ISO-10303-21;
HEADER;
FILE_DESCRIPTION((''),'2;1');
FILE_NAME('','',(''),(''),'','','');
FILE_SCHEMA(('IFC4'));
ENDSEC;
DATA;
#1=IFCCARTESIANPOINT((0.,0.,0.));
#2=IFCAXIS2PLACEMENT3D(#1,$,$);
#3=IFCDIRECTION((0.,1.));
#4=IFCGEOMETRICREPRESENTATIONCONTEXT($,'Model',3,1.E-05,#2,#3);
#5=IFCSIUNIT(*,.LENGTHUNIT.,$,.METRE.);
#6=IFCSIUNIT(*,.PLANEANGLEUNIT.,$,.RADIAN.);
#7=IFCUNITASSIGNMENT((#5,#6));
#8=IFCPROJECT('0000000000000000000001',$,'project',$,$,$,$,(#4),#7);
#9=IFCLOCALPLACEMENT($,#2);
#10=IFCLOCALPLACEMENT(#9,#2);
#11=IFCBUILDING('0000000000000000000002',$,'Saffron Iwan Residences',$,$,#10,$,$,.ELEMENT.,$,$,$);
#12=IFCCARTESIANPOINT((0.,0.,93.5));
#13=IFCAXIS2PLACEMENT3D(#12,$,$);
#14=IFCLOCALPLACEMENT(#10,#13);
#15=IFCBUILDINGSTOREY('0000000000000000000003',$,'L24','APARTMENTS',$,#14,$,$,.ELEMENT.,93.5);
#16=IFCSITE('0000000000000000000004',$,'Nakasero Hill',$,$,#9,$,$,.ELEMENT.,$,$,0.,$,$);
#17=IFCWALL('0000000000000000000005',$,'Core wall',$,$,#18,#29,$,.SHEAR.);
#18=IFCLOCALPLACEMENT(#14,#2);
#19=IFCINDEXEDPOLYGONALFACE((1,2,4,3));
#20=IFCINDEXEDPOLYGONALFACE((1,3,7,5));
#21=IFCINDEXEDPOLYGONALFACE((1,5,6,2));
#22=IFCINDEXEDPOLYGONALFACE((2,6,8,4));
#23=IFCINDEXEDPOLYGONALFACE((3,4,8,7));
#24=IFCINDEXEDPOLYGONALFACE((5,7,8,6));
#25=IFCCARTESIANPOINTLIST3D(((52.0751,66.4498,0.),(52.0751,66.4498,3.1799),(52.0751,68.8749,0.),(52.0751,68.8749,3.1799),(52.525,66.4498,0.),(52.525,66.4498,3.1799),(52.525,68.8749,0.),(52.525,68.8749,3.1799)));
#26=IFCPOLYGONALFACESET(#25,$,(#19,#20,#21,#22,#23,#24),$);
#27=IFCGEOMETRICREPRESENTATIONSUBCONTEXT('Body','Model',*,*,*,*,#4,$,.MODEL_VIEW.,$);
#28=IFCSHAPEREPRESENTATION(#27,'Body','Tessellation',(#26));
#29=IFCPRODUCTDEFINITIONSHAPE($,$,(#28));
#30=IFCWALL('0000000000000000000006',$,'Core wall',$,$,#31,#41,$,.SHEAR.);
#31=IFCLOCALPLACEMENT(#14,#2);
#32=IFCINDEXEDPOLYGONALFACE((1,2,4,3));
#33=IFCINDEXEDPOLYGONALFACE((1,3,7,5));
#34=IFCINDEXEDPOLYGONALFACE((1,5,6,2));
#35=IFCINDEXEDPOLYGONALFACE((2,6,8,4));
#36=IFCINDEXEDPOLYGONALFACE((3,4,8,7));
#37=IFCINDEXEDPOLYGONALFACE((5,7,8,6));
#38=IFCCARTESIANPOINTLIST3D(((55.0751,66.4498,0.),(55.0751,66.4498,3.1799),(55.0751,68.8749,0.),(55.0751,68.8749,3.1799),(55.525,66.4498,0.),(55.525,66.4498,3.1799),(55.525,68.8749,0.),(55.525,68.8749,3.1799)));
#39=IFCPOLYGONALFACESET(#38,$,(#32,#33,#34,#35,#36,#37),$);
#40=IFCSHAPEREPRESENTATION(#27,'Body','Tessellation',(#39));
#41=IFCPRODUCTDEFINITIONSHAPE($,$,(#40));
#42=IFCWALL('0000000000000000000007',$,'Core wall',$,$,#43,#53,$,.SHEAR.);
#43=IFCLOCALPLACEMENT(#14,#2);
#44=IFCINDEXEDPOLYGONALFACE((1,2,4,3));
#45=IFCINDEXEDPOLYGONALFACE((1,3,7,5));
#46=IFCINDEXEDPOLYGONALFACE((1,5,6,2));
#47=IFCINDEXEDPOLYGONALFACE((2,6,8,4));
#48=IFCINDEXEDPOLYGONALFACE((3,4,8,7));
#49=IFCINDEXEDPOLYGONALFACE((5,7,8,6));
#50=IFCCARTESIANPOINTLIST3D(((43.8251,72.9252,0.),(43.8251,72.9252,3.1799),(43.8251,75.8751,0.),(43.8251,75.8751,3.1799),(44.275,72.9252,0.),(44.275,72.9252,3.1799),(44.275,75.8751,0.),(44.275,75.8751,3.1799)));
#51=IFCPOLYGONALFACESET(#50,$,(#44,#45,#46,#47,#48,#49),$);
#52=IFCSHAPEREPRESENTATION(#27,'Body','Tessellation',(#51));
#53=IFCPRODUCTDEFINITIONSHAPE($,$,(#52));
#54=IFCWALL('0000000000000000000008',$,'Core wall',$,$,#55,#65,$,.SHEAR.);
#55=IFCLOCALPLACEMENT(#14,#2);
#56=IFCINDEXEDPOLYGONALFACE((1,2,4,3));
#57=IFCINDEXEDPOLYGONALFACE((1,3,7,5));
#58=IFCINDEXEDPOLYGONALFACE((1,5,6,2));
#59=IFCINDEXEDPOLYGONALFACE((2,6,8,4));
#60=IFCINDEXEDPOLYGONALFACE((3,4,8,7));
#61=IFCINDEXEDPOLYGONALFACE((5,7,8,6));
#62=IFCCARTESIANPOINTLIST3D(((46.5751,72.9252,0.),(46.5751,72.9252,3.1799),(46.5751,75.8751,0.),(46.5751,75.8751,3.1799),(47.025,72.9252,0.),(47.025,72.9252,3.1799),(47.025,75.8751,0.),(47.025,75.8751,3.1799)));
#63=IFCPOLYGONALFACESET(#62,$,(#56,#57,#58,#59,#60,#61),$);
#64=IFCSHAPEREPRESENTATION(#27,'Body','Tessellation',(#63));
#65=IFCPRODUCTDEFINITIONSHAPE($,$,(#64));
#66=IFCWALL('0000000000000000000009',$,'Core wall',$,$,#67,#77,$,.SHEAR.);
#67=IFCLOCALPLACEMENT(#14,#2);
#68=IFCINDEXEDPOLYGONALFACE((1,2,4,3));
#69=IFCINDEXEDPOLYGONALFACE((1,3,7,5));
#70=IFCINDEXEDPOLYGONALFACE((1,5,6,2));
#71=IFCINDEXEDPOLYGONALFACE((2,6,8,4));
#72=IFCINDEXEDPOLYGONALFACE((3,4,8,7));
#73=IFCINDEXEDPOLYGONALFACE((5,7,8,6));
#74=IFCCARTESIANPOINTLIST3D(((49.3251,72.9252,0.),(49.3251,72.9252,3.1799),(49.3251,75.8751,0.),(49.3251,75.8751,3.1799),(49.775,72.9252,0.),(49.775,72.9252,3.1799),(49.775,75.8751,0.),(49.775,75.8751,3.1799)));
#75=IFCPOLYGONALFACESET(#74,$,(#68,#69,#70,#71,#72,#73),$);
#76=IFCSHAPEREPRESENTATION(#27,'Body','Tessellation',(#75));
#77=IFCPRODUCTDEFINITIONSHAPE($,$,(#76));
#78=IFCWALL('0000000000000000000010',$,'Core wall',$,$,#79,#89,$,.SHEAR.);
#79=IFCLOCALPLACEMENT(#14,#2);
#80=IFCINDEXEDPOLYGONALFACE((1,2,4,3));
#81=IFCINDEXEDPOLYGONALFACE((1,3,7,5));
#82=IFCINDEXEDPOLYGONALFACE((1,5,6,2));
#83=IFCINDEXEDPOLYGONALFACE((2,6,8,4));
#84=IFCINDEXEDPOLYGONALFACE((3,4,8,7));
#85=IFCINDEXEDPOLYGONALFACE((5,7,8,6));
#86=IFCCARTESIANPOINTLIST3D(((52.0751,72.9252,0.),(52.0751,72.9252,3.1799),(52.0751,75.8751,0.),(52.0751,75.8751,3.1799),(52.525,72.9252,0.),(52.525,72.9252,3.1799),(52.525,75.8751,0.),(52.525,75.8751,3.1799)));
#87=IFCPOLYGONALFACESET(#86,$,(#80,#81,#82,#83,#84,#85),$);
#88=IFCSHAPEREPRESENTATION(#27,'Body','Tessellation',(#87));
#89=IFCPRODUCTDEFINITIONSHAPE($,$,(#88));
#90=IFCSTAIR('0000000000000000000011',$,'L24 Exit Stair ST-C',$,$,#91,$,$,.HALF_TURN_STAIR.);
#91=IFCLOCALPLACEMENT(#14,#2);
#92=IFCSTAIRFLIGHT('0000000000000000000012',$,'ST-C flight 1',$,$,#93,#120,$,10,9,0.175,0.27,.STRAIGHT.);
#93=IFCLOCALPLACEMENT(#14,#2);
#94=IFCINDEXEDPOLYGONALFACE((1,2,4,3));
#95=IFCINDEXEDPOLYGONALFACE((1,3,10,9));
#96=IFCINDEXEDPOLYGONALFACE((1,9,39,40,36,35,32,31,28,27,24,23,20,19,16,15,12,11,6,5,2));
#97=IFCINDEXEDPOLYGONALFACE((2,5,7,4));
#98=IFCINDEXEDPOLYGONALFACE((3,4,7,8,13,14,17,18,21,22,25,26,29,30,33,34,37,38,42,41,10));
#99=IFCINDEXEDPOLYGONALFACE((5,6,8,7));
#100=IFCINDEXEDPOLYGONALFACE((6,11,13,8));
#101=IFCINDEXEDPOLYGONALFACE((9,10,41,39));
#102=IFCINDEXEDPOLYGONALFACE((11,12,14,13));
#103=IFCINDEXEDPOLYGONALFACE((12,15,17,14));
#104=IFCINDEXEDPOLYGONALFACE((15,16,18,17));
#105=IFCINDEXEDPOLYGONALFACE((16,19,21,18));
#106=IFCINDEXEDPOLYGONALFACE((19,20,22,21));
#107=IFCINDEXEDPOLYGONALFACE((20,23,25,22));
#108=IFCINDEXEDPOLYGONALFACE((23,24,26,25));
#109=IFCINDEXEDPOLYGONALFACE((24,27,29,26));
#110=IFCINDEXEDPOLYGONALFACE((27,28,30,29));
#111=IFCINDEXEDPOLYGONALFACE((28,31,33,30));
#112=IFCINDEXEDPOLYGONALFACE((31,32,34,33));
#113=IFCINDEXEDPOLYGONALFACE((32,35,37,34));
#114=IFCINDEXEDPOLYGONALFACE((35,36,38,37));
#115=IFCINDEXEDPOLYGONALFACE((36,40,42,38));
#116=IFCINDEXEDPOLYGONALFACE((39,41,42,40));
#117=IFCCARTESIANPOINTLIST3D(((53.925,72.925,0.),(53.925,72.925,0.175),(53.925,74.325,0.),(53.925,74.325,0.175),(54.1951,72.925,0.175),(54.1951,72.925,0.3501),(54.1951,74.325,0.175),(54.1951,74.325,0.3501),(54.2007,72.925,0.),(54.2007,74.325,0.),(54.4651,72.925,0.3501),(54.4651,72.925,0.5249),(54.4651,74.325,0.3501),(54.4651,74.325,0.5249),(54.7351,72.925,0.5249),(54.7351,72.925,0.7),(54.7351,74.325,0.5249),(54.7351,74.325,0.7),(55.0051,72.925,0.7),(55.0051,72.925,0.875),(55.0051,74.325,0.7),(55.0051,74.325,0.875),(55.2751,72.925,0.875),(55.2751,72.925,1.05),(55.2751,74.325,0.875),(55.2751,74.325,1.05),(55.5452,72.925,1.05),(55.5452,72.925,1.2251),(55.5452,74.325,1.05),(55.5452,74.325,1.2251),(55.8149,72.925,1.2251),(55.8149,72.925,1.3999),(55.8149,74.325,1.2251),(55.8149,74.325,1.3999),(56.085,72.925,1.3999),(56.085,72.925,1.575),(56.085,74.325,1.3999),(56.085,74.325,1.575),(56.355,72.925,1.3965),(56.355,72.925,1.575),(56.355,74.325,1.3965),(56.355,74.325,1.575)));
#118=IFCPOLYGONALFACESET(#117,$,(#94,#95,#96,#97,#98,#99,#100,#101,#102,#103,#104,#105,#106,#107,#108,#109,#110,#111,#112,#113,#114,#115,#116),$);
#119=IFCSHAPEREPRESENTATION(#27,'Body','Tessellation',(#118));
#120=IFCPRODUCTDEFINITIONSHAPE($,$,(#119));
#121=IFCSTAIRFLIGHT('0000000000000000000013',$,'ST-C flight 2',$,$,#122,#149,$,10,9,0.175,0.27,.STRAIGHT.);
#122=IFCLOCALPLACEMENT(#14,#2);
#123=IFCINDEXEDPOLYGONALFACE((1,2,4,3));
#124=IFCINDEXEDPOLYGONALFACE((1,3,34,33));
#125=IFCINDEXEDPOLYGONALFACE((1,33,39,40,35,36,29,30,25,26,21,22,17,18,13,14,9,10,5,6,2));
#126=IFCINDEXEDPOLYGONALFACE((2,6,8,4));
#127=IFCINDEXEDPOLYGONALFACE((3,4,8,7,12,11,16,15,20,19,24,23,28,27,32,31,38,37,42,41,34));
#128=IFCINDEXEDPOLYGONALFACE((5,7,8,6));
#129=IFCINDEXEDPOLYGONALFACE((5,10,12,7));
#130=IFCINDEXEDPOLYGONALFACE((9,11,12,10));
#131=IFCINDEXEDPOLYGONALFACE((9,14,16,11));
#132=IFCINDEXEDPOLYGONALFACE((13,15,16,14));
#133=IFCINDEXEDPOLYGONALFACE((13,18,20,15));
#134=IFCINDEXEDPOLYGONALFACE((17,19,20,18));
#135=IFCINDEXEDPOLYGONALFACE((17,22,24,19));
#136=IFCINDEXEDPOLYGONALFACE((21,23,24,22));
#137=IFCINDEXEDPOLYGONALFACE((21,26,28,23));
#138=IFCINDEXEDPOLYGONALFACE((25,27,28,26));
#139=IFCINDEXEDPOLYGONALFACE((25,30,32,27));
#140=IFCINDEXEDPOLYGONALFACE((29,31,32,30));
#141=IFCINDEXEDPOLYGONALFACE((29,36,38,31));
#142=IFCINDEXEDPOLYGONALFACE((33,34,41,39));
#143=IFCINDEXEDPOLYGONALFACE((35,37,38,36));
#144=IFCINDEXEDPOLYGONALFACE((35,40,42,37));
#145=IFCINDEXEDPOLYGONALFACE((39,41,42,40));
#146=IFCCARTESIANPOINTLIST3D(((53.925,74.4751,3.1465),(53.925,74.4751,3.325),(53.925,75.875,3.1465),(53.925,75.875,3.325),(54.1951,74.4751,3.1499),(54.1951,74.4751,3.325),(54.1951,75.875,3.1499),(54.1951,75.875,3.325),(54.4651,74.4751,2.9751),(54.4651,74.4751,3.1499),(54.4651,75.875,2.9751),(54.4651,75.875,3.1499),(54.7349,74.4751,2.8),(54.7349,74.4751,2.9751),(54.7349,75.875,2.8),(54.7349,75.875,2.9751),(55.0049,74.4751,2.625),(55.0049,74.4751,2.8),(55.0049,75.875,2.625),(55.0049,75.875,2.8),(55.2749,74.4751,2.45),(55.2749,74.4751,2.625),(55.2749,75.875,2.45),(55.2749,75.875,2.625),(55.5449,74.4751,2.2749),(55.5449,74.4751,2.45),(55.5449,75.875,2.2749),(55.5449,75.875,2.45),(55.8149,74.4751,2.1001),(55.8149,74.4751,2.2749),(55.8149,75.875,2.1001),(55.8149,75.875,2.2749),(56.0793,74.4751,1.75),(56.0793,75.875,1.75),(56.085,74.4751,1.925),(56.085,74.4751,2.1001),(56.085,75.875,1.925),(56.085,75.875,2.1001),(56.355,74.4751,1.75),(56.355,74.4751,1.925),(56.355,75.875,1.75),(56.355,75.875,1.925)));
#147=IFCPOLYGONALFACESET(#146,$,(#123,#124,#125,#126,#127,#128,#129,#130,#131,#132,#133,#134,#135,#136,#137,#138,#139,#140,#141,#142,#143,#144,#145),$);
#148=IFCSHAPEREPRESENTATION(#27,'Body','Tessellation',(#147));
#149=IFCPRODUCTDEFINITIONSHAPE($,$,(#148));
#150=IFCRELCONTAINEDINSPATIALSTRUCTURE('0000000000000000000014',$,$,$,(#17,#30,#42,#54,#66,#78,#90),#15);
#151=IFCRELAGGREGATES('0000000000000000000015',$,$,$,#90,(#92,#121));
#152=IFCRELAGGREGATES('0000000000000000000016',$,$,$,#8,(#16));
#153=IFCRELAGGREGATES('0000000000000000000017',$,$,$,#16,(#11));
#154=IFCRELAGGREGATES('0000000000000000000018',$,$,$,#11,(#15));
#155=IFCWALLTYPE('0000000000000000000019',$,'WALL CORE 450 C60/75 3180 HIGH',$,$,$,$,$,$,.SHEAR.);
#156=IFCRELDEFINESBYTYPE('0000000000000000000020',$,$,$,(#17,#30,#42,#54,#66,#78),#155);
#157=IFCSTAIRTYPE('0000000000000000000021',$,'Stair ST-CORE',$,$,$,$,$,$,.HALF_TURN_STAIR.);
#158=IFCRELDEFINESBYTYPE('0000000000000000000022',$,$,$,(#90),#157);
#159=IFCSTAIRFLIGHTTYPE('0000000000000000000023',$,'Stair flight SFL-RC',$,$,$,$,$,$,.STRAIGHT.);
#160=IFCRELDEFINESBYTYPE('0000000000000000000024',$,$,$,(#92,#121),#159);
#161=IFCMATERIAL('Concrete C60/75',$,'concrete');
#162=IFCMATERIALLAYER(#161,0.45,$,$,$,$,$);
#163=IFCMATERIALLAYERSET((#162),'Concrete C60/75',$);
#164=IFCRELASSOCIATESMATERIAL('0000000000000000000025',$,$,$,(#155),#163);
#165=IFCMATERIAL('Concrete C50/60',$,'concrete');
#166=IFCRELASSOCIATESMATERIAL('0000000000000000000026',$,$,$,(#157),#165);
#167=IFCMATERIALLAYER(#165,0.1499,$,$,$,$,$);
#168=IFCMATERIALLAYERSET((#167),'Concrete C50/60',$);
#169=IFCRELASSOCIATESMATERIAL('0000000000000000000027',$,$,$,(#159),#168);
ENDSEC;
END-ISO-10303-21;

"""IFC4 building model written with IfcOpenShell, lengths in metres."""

from ifc_helpers import new_model, si_unit, direction, frame, frame_2d, origin, place, context, subcontext, project, spatial, polyline, rectangle, outline, extrude, material, layer, layer_set, type_object, element, aggregate, save


model = new_model("IFC4")

# Units and contexts
model_context = context("Model", 3, precision=1e-05, world=origin(), true_north=direction((0.0, 1.0)))
body_context = subcontext(model_context, "Body", "Model", "MODEL_VIEW")
ifc_project = project(units=[si_unit("LENGTHUNIT", "METRE"), si_unit("PLANEANGLEUNIT", "RADIAN")], contexts=[model_context])

# Site, building, storey
site_placement = place(None, origin())
site = spatial("IfcSite", under=ifc_project, at=site_placement, Name="Nakasero Hill", CompositionType="ELEMENT", RefElevation=0.0)
building_placement = place(site_placement, origin())
building = spatial("IfcBuilding", under=site, at=building_placement, Name="Saffron Iwan Residences", CompositionType="ELEMENT")
storey_placement = place(building_placement, frame((0.0, 0.0, 93.5)))
storey = spatial("IfcBuildingStorey", under=building, at=storey_placement, Name="L24", Description="APARTMENTS", CompositionType="ELEMENT", Elevation=93.5)

# Shared definitions
ifc_material_1 = material(Name="Concrete C60/75", Category="concrete")

# Walls
ifc_layer_1 = layer(ifc_material_1, 0.45)
ifc_layer_set_1 = layer_set([ifc_layer_1], Name="Concrete C60/75")
wall_type_1 = type_object("IfcWallType", Name="WALL CORE 450 C60/75 3180 HIGH", PredefinedType="SHEAR", material=ifc_layer_set_1)
for number, where, z_axis, x_axis, name in (
    (1, (52.3, 66.45, 0.0), (0.0, 0.0, 1.0), (0.0, 1.0, 0.0), "Core wall"),
    (2, (55.3, 66.45, 0.0), (0.0, 0.0, 1.0), (0.0, 1.0, 0.0), "Core wall"),
):
    element("IfcWall", number, at=place(storey_placement, frame(where, z_axis=z_axis, x_axis=x_axis)), inside=storey, type_object=wall_type_1, Name=name, PredefinedType="SHEAR", context=body_context, shape_type="SweptSolid", body=[
        extrude(rectangle(XDim=2.425, YDim=0.45, at=frame_2d((1.2124, 0.0))), origin(), (0.0, 0.0, 1.0), 3.1799),
    ])
for number, where, z_axis, x_axis, name in (
    (3, (44.05, 72.925, 0.0), (0.0, 0.0, 1.0), (0.0, 1.0, 0.0), "Core wall"),
    (4, (46.8, 72.925, 0.0), (0.0, 0.0, 1.0), (0.0, 1.0, 0.0), "Core wall"),
    (5, (49.55, 72.925, 0.0), (0.0, 0.0, 1.0), (0.0, 1.0, 0.0), "Core wall"),
    (6, (52.3, 72.925, 0.0), (0.0, 0.0, 1.0), (0.0, 1.0, 0.0), "Core wall"),
):
    element("IfcWall", number, at=place(storey_placement, frame(where, z_axis=z_axis, x_axis=x_axis)), inside=storey, type_object=wall_type_1, Name=name, PredefinedType="SHEAR", context=body_context, shape_type="SweptSolid", body=[
        extrude(rectangle(XDim=2.95, YDim=0.45, at=frame_2d((1.4751, 0.0))), origin(), (0.0, 0.0, 1.0), 3.1799),
    ])

# Stair, stair flights
ifc_material_2 = material(Name="Concrete C50/60", Category="concrete")
stair_type = type_object("IfcStairType", Name="Stair ST-CORE", PredefinedType="HALF_TURN_STAIR", material=ifc_material_2)
stair_placement = place(storey_placement, origin())
stair = element("IfcStair", 7, at=stair_placement, inside=storey, type_object=stair_type, Name="L24 Exit Stair ST-C", PredefinedType="HALF_TURN_STAIR")
ifc_layer_2 = layer(ifc_material_2, 0.1499)
ifc_layer_set_2 = layer_set([ifc_layer_2], Name="Concrete C50/60")
stair_flight_type = type_object("IfcStairFlightType", Name="Stair flight SFL-RC", PredefinedType="STRAIGHT", material=ifc_layer_set_2)
stair_flight_1_placement = place(storey_placement, frame((53.925, 73.625, 0.0), z_axis=(0.0, 0.0, 1.0), x_axis=(1.0, 0.0, 0.0)))
stair_flight_1 = element("IfcStairFlight", 8, at=stair_flight_1_placement, type_object=stair_flight_type, Name="ST-C flight 1", NumberOfRisers=10, NumberOfTreads=9, PredefinedType="STRAIGHT", RiserHeight=0.175, TreadLength=0.27, context=body_context, shape_type="SweptSolid", body=[
    extrude(outline(polyline([(0.0, 0.0), (0.0, 0.175), (0.27, 0.175), (0.27, 0.3501), (0.54, 0.3501), (0.54, 0.5249), (0.8101, 0.5249), (0.8101, 0.7), (1.0801, 0.7), (1.0801, 0.875), (1.3501, 0.875), (1.3501, 1.05), (1.6201, 1.05), (1.6201, 1.2251), (1.8899, 1.2251), (1.8899, 1.3999), (2.1599, 1.3999), (2.1599, 1.575), (2.4299, 1.575), (2.4299, 1.75), (2.4299, 1.3965), (0.2756, 0.0), (0.0, 0.0)])), frame((0.0, 0.7, 0.0), z_axis=(0.0, -1.0, 0.0), x_axis=(1.0, 0.0, 0.0)), (0.0, 0.0, 1.0), 1.3999),
])
stair_flight_2_placement = place(storey_placement, frame((56.355, 75.175, 1.75), z_axis=(0.0, 0.0, 1.0), x_axis=(-1.0, 0.0, 0.0)))
stair_flight_2 = element("IfcStairFlight", 9, at=stair_flight_2_placement, type_object=stair_flight_type, Name="ST-C flight 2", NumberOfRisers=10, NumberOfTreads=9, PredefinedType="STRAIGHT", RiserHeight=0.175, TreadLength=0.27, context=body_context, shape_type="SweptSolid", body=[
    extrude(outline(polyline([(0.0, 0.0), (0.0, 0.175), (0.27, 0.175), (0.27, 0.3501), (0.54, 0.3501), (0.54, 0.5249), (0.8101, 0.5249), (0.8101, 0.7), (1.0801, 0.7), (1.0801, 0.875), (1.3501, 0.875), (1.3501, 1.05), (1.6201, 1.05), (1.6201, 1.2251), (1.8899, 1.2251), (1.8899, 1.3999), (2.1599, 1.3999), (2.1599, 1.575), (2.4299, 1.575), (2.4299, 1.75), (2.4299, 1.3965), (0.2756, 0.0), (0.0, 0.0)])), frame((0.0, 0.7, 0.0), z_axis=(0.0, -1.0, 0.0), x_axis=(1.0, 0.0, 0.0)), (0.0, 0.0, 1.0), 1.3999),
])
aggregate(stair, [stair_flight_1, stair_flight_2])

save(model, "model.ifc")
